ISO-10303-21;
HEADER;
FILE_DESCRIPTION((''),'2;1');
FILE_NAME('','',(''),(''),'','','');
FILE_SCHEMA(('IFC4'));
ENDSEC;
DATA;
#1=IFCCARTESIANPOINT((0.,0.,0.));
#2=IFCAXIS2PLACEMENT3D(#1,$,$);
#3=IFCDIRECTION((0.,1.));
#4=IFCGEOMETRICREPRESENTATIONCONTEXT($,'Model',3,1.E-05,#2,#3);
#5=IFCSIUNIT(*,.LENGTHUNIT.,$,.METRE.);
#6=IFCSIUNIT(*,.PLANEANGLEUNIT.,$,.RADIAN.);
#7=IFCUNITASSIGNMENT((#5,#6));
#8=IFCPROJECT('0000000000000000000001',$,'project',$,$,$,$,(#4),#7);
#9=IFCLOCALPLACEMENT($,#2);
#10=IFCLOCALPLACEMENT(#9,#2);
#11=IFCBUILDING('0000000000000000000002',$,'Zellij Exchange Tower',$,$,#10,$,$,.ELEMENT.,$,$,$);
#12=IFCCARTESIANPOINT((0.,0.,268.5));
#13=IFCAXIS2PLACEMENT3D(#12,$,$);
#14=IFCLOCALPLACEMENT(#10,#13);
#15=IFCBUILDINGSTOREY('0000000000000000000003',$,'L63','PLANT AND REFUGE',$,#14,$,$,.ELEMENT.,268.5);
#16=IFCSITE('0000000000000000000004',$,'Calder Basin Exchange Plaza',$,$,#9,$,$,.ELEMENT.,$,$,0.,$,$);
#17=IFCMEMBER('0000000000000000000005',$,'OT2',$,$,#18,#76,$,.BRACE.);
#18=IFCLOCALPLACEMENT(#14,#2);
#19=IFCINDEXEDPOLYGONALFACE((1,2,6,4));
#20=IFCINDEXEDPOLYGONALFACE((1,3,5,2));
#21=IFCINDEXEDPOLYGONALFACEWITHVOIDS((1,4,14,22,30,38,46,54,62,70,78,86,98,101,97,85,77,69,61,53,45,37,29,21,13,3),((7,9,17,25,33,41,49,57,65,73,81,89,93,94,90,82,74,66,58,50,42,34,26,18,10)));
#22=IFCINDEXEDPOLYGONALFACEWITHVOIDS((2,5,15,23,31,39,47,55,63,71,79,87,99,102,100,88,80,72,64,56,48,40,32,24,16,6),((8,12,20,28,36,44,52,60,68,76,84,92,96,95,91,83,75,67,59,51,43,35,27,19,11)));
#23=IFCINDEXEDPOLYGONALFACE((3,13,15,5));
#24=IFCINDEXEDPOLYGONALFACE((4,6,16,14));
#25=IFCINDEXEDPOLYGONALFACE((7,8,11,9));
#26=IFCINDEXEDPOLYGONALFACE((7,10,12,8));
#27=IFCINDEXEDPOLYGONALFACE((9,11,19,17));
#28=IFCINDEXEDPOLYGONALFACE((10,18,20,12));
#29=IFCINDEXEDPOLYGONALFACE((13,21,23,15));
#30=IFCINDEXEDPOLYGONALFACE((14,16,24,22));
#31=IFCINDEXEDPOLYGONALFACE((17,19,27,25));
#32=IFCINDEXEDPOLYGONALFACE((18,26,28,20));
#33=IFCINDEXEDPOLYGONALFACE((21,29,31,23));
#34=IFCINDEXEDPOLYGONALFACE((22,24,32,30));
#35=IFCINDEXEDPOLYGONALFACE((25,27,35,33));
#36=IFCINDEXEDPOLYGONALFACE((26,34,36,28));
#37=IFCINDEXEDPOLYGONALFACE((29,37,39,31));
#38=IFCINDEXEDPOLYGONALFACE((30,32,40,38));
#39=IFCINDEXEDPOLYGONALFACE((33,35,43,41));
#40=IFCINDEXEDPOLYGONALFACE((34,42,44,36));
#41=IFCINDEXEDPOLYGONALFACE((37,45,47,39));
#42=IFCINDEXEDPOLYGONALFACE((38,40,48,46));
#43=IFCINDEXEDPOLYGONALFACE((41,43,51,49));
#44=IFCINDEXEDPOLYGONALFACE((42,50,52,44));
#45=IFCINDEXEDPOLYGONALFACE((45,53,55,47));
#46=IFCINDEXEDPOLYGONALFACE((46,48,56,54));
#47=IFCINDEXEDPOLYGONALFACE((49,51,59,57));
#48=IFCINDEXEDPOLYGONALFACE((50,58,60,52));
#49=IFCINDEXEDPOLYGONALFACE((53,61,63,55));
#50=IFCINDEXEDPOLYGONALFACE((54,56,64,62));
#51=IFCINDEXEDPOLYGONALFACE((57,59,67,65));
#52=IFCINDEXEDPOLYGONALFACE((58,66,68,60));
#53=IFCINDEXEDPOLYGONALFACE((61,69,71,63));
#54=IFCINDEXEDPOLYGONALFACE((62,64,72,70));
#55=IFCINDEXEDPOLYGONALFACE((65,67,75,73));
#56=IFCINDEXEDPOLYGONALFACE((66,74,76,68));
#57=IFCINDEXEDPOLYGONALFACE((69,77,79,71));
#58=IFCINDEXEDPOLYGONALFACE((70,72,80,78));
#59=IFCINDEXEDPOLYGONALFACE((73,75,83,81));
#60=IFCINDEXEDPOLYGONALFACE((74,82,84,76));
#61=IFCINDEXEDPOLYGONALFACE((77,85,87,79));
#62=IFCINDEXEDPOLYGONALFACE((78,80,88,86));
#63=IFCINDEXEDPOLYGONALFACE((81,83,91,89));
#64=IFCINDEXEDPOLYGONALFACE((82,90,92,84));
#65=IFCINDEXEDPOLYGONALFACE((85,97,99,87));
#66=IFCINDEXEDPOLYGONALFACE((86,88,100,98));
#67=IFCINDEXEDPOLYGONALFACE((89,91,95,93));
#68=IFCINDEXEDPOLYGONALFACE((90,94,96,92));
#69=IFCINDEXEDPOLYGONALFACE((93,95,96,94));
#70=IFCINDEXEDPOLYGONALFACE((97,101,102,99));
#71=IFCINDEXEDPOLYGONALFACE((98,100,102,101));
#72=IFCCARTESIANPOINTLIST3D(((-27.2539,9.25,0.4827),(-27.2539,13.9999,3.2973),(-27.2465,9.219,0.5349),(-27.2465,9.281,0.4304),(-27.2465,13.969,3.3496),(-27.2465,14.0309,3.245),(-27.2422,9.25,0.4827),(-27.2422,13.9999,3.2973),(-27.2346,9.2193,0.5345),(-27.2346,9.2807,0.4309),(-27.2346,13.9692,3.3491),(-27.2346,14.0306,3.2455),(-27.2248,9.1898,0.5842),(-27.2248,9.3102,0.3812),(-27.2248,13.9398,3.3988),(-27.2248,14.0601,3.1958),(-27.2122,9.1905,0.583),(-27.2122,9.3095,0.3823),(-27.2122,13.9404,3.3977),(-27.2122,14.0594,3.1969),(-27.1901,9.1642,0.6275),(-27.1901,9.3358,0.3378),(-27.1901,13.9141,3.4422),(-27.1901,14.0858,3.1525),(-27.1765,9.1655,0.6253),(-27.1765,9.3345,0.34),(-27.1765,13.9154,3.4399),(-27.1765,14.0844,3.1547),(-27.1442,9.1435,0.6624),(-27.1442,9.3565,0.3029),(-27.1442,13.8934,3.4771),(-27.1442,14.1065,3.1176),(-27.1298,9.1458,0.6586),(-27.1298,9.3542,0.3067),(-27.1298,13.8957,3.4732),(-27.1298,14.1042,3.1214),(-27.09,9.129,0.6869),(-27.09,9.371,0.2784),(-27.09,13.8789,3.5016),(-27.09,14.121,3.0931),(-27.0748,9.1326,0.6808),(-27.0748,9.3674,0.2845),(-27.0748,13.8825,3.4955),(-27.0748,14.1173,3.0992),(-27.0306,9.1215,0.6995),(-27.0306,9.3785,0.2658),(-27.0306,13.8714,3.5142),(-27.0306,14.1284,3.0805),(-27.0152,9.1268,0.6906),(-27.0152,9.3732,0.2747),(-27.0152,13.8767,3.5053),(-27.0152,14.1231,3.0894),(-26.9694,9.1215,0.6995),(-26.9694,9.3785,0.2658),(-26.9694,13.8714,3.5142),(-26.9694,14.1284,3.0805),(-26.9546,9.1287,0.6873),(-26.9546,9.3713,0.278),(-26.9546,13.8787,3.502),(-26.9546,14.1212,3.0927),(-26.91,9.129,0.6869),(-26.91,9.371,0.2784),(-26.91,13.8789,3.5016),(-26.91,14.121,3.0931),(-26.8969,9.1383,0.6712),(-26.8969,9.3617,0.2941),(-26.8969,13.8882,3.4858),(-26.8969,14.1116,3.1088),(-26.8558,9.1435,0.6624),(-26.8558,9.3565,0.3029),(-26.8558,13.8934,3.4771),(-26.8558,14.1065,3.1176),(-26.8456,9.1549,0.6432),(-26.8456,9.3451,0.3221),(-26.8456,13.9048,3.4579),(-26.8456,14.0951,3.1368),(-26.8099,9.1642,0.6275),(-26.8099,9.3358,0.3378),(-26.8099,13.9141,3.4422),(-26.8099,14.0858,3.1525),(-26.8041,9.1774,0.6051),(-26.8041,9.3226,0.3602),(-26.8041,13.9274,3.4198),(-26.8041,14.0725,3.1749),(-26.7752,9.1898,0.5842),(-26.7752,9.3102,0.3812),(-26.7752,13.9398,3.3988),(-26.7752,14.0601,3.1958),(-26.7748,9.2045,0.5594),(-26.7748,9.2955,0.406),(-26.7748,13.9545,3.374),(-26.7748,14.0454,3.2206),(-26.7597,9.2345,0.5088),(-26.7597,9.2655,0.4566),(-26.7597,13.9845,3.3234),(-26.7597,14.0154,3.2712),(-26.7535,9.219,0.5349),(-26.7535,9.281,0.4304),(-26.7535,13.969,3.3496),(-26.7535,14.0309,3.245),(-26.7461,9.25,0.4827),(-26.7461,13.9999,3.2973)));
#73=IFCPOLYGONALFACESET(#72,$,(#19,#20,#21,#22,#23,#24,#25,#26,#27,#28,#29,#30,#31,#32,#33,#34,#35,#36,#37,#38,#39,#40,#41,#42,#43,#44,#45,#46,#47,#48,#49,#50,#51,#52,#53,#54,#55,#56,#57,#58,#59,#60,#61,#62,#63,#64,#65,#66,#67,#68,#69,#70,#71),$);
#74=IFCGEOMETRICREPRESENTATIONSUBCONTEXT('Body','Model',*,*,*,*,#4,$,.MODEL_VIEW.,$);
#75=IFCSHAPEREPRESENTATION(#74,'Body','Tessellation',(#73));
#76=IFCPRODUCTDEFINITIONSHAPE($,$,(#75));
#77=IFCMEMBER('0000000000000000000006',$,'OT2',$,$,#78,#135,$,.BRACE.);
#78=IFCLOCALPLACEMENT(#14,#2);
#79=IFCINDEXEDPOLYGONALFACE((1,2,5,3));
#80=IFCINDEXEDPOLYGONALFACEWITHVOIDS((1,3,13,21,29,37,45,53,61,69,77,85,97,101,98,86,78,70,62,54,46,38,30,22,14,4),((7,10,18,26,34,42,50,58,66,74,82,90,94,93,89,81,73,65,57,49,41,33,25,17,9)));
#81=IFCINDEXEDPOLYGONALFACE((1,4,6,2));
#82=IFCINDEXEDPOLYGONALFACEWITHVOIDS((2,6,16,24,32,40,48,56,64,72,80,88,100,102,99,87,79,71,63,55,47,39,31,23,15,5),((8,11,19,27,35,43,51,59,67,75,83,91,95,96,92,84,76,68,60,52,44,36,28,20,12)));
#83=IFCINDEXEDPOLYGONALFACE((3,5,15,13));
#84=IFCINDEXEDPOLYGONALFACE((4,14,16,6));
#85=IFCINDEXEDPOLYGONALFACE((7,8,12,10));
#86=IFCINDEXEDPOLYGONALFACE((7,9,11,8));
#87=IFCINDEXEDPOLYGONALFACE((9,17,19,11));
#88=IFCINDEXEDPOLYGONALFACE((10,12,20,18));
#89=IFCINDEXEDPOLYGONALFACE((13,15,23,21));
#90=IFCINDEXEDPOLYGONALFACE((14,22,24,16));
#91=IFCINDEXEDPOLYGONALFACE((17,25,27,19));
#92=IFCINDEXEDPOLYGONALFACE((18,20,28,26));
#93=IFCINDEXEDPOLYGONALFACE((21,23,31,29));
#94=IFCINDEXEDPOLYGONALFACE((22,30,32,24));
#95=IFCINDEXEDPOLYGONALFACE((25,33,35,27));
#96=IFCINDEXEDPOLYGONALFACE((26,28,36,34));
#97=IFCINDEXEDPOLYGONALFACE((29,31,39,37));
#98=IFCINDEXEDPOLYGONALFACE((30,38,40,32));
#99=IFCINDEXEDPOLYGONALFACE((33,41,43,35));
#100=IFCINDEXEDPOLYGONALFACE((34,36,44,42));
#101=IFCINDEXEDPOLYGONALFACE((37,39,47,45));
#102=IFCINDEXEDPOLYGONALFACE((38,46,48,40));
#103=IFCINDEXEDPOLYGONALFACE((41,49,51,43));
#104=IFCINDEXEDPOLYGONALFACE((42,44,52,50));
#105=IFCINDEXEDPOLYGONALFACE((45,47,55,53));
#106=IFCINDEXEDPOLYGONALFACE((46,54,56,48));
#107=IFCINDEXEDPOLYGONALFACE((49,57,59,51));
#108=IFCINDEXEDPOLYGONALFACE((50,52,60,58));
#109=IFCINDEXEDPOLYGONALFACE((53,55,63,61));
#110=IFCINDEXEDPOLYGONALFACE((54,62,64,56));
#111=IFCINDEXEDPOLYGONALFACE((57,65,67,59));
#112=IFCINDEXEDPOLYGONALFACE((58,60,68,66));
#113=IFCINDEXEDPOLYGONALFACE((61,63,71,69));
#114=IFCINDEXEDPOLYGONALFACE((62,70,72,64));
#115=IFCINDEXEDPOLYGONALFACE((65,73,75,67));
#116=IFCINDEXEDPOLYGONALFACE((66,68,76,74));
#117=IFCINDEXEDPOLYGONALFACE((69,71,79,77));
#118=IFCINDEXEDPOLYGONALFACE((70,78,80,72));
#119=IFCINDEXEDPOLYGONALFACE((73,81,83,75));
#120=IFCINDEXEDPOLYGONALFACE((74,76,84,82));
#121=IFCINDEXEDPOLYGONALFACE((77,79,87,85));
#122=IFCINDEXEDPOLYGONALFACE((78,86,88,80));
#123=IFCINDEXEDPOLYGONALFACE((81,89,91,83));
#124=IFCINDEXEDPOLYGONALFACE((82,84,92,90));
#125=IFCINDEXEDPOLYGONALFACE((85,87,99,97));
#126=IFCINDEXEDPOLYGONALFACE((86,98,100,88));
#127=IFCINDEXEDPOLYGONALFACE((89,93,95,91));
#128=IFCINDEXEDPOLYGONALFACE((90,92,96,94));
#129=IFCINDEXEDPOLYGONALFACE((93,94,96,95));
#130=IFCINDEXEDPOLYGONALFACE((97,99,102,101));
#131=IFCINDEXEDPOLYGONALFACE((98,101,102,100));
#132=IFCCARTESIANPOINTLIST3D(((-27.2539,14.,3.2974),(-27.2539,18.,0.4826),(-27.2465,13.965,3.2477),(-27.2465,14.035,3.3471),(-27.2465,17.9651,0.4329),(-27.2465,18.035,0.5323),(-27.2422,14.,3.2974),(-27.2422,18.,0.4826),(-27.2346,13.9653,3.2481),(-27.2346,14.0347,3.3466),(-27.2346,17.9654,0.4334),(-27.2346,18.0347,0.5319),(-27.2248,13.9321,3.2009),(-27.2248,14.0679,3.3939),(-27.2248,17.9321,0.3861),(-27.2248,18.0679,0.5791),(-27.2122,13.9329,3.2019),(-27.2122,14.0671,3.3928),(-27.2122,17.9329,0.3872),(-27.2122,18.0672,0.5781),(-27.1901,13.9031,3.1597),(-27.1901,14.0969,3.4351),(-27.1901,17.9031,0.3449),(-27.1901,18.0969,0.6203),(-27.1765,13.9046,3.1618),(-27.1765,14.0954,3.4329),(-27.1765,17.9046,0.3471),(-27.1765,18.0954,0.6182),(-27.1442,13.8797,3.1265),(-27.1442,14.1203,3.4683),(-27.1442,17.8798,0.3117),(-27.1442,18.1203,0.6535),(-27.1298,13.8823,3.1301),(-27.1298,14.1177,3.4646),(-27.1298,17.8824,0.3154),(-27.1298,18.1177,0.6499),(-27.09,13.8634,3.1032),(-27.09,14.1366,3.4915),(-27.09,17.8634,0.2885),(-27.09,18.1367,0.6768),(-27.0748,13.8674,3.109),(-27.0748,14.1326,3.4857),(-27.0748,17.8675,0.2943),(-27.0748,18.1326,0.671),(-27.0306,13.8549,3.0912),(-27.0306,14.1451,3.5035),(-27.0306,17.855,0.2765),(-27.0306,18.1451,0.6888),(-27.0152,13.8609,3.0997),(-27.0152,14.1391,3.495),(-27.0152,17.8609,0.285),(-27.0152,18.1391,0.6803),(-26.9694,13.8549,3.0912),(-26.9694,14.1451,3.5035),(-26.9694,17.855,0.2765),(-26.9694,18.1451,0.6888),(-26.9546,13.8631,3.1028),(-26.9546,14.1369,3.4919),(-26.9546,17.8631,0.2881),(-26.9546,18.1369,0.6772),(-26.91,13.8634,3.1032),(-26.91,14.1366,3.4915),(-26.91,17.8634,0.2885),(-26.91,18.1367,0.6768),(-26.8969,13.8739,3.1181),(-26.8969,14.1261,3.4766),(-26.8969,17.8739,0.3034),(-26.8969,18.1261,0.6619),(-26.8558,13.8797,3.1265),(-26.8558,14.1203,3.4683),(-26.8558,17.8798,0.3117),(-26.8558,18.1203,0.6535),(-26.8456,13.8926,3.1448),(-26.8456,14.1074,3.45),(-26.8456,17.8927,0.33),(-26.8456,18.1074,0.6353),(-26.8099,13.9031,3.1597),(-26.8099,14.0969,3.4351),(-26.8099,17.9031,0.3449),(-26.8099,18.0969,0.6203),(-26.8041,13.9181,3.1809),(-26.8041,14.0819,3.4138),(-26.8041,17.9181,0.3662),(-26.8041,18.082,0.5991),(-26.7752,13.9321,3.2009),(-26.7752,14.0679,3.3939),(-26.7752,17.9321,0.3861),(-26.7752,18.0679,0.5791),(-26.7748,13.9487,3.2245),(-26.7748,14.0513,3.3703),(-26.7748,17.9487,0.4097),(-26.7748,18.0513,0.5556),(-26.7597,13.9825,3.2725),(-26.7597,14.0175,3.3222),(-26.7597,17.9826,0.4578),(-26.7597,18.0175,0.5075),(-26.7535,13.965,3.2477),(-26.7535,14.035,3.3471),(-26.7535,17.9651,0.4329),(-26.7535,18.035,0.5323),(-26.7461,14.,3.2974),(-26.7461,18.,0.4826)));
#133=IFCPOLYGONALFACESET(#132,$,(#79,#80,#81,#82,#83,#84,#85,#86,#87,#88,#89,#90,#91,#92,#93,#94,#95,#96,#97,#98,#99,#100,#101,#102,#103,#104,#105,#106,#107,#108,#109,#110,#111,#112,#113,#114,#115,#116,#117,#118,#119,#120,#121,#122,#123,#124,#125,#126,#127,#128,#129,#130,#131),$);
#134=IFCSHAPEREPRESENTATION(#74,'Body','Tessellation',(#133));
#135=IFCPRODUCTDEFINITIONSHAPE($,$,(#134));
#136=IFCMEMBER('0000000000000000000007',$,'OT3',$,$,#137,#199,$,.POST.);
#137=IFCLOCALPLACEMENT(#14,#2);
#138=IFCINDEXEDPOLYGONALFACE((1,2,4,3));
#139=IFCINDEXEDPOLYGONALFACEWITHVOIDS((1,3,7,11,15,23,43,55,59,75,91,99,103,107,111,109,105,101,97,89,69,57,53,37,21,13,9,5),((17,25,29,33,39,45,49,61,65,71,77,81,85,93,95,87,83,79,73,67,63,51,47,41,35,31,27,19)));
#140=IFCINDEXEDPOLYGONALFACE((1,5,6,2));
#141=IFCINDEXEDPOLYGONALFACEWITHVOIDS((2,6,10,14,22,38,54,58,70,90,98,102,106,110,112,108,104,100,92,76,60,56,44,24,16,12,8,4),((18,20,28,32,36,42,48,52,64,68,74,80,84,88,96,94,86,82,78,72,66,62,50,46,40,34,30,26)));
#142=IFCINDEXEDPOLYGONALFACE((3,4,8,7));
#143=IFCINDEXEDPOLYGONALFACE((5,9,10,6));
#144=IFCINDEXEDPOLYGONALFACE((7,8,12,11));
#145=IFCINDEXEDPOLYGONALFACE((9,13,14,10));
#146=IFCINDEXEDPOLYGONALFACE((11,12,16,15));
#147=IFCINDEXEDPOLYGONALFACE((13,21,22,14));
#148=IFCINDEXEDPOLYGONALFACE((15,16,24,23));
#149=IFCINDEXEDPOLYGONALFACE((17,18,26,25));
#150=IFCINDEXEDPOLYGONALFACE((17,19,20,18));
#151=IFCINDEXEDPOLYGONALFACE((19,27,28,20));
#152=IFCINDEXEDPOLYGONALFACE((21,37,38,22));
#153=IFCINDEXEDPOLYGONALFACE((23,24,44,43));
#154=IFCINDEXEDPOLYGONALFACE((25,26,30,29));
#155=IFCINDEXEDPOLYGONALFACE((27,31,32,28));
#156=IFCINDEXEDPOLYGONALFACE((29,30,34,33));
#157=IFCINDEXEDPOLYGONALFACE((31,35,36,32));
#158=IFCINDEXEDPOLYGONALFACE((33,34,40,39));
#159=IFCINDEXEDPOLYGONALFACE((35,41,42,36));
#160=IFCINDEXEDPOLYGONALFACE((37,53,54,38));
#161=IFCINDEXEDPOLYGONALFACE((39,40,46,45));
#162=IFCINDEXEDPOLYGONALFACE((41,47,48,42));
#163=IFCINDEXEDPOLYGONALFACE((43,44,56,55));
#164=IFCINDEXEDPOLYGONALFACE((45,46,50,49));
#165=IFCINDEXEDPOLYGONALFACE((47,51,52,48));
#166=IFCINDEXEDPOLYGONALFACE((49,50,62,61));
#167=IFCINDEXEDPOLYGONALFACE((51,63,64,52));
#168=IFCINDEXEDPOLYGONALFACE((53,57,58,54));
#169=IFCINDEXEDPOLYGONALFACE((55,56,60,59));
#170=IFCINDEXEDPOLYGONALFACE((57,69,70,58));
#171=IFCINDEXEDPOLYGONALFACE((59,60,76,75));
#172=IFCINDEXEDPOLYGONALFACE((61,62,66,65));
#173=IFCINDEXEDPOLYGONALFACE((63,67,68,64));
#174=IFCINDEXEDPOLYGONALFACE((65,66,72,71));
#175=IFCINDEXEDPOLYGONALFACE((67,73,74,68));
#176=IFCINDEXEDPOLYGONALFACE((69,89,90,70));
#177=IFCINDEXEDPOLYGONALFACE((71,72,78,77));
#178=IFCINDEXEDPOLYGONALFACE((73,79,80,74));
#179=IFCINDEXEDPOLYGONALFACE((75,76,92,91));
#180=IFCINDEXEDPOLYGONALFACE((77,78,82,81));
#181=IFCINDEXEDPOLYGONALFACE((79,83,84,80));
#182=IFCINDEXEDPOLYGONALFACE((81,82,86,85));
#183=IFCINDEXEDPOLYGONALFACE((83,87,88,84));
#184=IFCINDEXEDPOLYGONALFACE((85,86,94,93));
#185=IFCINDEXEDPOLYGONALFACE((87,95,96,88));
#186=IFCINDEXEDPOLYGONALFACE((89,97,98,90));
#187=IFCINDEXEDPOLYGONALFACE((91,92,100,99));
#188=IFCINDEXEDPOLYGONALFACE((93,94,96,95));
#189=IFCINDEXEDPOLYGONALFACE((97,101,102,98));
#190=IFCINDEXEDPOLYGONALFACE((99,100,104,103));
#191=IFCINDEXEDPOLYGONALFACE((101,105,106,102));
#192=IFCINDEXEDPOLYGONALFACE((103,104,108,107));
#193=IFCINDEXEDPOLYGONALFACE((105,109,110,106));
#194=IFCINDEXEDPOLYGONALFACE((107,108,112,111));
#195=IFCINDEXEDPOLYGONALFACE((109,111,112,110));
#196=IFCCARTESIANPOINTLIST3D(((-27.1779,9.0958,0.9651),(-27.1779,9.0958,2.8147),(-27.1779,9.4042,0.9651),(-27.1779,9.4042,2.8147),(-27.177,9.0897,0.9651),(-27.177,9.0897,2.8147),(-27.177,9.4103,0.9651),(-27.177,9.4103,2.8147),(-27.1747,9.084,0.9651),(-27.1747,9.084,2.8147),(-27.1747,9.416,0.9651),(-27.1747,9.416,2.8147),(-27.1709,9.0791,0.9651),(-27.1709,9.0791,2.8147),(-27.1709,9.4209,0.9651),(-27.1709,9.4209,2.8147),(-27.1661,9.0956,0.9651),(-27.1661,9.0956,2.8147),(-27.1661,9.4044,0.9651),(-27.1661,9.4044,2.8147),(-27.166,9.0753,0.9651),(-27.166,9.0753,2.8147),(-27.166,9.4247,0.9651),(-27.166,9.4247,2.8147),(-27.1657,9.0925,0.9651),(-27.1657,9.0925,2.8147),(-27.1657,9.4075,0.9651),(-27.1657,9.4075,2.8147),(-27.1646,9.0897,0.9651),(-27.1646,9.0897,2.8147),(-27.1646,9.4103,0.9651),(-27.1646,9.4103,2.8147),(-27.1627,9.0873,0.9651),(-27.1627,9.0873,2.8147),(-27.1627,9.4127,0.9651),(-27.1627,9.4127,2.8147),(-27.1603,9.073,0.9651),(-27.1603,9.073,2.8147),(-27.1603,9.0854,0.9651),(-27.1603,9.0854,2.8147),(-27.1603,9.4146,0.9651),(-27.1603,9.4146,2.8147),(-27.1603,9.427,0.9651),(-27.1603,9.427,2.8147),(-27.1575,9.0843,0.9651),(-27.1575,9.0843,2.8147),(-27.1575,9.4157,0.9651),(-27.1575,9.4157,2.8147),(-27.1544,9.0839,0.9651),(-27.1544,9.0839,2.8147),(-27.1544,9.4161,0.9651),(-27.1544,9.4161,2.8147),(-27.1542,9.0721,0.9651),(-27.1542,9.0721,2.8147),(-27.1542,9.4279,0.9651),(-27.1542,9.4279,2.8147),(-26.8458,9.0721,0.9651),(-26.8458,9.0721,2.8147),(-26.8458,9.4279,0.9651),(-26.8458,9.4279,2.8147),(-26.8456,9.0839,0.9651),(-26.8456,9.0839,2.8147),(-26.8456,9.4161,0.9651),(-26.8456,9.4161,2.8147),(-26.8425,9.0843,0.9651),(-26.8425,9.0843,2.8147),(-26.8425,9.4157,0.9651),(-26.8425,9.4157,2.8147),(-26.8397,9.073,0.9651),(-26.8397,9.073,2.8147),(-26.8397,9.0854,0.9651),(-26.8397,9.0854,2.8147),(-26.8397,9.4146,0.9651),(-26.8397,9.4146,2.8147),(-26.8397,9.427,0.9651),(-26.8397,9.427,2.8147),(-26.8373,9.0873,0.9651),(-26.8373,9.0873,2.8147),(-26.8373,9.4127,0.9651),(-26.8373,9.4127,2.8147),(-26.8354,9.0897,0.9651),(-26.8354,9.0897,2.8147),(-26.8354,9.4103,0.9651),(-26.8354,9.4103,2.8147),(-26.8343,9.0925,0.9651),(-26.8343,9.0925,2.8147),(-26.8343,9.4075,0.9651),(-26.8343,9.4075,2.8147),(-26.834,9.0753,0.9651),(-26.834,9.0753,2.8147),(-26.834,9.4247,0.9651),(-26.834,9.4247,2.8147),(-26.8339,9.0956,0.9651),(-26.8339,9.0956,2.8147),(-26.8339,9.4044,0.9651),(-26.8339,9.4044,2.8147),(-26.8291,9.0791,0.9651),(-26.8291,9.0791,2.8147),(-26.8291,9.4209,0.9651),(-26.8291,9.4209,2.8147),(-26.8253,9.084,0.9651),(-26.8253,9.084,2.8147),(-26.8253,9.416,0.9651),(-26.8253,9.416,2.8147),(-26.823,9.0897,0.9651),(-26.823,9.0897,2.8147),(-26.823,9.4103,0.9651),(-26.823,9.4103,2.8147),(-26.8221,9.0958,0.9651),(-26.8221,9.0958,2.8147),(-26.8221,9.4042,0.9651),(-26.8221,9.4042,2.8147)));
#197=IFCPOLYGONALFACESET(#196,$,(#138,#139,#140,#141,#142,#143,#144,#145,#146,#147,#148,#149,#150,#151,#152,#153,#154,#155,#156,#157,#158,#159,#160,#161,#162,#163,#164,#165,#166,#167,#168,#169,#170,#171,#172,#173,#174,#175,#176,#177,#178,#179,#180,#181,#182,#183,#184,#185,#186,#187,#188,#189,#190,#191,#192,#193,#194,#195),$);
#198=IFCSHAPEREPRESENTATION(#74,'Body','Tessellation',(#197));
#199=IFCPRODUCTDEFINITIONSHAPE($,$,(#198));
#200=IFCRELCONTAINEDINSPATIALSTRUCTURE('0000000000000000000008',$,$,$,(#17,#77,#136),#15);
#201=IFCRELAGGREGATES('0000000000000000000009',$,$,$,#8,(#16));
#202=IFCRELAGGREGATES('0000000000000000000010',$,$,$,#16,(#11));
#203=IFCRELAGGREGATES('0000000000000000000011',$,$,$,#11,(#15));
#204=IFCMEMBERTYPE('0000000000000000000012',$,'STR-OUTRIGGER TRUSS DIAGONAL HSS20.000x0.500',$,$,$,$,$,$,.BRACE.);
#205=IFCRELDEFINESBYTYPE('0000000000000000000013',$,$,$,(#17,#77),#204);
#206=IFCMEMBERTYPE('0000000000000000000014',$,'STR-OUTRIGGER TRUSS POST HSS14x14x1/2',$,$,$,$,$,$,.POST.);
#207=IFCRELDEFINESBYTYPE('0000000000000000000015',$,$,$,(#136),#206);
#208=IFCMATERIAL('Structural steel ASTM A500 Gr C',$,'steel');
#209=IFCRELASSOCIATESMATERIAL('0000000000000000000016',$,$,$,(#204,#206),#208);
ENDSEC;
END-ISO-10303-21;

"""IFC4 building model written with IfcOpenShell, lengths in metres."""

from ifc_helpers import new_model, si_unit, direction, frame, origin, origin_2d, place, context, subcontext, project, spatial, hollow_rectangle, hollow_circle, extrude, material, material_profile, profile_set, type_object, element, save


model = new_model("IFC4")

# Units and contexts
model_context = context("Model", 3, precision=1e-05, world=origin(), true_north=direction((0.0, 1.0)))
body_context = subcontext(model_context, "Body", "Model", "MODEL_VIEW")
ifc_project = project(units=[si_unit("LENGTHUNIT", "METRE"), si_unit("PLANEANGLEUNIT", "RADIAN")], contexts=[model_context])

# Site, building, storey
site_placement = place(None, origin())
site = spatial("IfcSite", under=ifc_project, at=site_placement, Name="Calder Basin Exchange Plaza", CompositionType="ELEMENT", RefElevation=0.0)
building_placement = place(site_placement, origin())
building = spatial("IfcBuilding", under=site, at=building_placement, Name="Zellij Exchange Tower", CompositionType="ELEMENT")
storey_placement = place(building_placement, frame((0.0, 0.0, 268.5)))
storey = spatial("IfcBuildingStorey", under=building, at=storey_placement, Name="L63", Description="PLANT AND REFUGE", CompositionType="ELEMENT", Elevation=268.5)

# Shared definitions
ifc_material_1 = material(Name="Structural steel ASTM A500 Gr C", Category="steel")

# Members
ifc_material_profile_1 = material_profile(ifc_material_1, hollow_circle(Radius=0.2539, WallThickness=0.0117, at=origin_2d()), Name="STR-OUTRIGGER TRUSS DIAGONAL HSS20.000x0.500")
ifc_profile_set_1 = profile_set([ifc_material_profile_1], Name="Structural steel ASTM A500 Gr C")
member_type_1 = type_object("IfcMemberType", Name="STR-OUTRIGGER TRUSS DIAGONAL HSS20.000x0.500", PredefinedType="BRACE", material=ifc_profile_set_1)
member_1_placement = place(storey_placement, frame((-27.0, 9.25, 0.4827), z_axis=(0.0, 0.860301, 0.509787), x_axis=(-1.0, 0.0, 0.0)))
element("IfcMember", 1, at=member_1_placement, inside=storey, type_object=member_type_1, Name="OT2", PredefinedType="BRACE", context=body_context, shape_type="SweptSolid", body=[
    extrude(hollow_circle(Radius=0.2539, WallThickness=0.0117, at=origin_2d()), origin(), (0.0, 0.0, 1.0), 5.5212),
])
member_2_placement = place(storey_placement, frame((-27.0, 14.0, 3.2974), z_axis=(0.0, 0.817818, -0.575477), x_axis=(-1.0, 0.0, 0.0)))
element("IfcMember", 2, at=member_2_placement, inside=storey, type_object=member_type_1, Name="OT2", PredefinedType="BRACE", context=body_context, shape_type="SweptSolid", body=[
    extrude(hollow_circle(Radius=0.2539, WallThickness=0.0117, at=origin_2d()), origin(), (0.0, 0.0, 1.0), 4.8911),
])
ifc_material_profile_2 = material_profile(ifc_material_1, hollow_rectangle(XDim=0.3557, YDim=0.3557, WallThickness=0.0117, InnerFilletRadius=0.0117, OuterFilletRadius=0.0237, at=origin_2d()), Name="STR-OUTRIGGER TRUSS POST HSS14x14x1/2")
ifc_profile_set_2 = profile_set([ifc_material_profile_2], Name="Structural steel ASTM A500 Gr C")
member_type_2 = type_object("IfcMemberType", Name="STR-OUTRIGGER TRUSS POST HSS14x14x1/2", PredefinedType="POST", material=ifc_profile_set_2)
member_3_placement = place(storey_placement, frame((-27.0, 9.25, 0.9651), z_axis=(0.0, 0.0, 1.0), x_axis=(1.0, 0.0, 0.0)))
element("IfcMember", 3, at=member_3_placement, inside=storey, type_object=member_type_2, Name="OT3", PredefinedType="POST", context=body_context, shape_type="SweptSolid", body=[
    extrude(hollow_rectangle(XDim=0.3557, YDim=0.3557, WallThickness=0.0117, InnerFilletRadius=0.0117, OuterFilletRadius=0.0237, at=origin_2d()), origin(), (0.0, 0.0, 1.0), 1.8496),
])

save(model, "model.ifc")
